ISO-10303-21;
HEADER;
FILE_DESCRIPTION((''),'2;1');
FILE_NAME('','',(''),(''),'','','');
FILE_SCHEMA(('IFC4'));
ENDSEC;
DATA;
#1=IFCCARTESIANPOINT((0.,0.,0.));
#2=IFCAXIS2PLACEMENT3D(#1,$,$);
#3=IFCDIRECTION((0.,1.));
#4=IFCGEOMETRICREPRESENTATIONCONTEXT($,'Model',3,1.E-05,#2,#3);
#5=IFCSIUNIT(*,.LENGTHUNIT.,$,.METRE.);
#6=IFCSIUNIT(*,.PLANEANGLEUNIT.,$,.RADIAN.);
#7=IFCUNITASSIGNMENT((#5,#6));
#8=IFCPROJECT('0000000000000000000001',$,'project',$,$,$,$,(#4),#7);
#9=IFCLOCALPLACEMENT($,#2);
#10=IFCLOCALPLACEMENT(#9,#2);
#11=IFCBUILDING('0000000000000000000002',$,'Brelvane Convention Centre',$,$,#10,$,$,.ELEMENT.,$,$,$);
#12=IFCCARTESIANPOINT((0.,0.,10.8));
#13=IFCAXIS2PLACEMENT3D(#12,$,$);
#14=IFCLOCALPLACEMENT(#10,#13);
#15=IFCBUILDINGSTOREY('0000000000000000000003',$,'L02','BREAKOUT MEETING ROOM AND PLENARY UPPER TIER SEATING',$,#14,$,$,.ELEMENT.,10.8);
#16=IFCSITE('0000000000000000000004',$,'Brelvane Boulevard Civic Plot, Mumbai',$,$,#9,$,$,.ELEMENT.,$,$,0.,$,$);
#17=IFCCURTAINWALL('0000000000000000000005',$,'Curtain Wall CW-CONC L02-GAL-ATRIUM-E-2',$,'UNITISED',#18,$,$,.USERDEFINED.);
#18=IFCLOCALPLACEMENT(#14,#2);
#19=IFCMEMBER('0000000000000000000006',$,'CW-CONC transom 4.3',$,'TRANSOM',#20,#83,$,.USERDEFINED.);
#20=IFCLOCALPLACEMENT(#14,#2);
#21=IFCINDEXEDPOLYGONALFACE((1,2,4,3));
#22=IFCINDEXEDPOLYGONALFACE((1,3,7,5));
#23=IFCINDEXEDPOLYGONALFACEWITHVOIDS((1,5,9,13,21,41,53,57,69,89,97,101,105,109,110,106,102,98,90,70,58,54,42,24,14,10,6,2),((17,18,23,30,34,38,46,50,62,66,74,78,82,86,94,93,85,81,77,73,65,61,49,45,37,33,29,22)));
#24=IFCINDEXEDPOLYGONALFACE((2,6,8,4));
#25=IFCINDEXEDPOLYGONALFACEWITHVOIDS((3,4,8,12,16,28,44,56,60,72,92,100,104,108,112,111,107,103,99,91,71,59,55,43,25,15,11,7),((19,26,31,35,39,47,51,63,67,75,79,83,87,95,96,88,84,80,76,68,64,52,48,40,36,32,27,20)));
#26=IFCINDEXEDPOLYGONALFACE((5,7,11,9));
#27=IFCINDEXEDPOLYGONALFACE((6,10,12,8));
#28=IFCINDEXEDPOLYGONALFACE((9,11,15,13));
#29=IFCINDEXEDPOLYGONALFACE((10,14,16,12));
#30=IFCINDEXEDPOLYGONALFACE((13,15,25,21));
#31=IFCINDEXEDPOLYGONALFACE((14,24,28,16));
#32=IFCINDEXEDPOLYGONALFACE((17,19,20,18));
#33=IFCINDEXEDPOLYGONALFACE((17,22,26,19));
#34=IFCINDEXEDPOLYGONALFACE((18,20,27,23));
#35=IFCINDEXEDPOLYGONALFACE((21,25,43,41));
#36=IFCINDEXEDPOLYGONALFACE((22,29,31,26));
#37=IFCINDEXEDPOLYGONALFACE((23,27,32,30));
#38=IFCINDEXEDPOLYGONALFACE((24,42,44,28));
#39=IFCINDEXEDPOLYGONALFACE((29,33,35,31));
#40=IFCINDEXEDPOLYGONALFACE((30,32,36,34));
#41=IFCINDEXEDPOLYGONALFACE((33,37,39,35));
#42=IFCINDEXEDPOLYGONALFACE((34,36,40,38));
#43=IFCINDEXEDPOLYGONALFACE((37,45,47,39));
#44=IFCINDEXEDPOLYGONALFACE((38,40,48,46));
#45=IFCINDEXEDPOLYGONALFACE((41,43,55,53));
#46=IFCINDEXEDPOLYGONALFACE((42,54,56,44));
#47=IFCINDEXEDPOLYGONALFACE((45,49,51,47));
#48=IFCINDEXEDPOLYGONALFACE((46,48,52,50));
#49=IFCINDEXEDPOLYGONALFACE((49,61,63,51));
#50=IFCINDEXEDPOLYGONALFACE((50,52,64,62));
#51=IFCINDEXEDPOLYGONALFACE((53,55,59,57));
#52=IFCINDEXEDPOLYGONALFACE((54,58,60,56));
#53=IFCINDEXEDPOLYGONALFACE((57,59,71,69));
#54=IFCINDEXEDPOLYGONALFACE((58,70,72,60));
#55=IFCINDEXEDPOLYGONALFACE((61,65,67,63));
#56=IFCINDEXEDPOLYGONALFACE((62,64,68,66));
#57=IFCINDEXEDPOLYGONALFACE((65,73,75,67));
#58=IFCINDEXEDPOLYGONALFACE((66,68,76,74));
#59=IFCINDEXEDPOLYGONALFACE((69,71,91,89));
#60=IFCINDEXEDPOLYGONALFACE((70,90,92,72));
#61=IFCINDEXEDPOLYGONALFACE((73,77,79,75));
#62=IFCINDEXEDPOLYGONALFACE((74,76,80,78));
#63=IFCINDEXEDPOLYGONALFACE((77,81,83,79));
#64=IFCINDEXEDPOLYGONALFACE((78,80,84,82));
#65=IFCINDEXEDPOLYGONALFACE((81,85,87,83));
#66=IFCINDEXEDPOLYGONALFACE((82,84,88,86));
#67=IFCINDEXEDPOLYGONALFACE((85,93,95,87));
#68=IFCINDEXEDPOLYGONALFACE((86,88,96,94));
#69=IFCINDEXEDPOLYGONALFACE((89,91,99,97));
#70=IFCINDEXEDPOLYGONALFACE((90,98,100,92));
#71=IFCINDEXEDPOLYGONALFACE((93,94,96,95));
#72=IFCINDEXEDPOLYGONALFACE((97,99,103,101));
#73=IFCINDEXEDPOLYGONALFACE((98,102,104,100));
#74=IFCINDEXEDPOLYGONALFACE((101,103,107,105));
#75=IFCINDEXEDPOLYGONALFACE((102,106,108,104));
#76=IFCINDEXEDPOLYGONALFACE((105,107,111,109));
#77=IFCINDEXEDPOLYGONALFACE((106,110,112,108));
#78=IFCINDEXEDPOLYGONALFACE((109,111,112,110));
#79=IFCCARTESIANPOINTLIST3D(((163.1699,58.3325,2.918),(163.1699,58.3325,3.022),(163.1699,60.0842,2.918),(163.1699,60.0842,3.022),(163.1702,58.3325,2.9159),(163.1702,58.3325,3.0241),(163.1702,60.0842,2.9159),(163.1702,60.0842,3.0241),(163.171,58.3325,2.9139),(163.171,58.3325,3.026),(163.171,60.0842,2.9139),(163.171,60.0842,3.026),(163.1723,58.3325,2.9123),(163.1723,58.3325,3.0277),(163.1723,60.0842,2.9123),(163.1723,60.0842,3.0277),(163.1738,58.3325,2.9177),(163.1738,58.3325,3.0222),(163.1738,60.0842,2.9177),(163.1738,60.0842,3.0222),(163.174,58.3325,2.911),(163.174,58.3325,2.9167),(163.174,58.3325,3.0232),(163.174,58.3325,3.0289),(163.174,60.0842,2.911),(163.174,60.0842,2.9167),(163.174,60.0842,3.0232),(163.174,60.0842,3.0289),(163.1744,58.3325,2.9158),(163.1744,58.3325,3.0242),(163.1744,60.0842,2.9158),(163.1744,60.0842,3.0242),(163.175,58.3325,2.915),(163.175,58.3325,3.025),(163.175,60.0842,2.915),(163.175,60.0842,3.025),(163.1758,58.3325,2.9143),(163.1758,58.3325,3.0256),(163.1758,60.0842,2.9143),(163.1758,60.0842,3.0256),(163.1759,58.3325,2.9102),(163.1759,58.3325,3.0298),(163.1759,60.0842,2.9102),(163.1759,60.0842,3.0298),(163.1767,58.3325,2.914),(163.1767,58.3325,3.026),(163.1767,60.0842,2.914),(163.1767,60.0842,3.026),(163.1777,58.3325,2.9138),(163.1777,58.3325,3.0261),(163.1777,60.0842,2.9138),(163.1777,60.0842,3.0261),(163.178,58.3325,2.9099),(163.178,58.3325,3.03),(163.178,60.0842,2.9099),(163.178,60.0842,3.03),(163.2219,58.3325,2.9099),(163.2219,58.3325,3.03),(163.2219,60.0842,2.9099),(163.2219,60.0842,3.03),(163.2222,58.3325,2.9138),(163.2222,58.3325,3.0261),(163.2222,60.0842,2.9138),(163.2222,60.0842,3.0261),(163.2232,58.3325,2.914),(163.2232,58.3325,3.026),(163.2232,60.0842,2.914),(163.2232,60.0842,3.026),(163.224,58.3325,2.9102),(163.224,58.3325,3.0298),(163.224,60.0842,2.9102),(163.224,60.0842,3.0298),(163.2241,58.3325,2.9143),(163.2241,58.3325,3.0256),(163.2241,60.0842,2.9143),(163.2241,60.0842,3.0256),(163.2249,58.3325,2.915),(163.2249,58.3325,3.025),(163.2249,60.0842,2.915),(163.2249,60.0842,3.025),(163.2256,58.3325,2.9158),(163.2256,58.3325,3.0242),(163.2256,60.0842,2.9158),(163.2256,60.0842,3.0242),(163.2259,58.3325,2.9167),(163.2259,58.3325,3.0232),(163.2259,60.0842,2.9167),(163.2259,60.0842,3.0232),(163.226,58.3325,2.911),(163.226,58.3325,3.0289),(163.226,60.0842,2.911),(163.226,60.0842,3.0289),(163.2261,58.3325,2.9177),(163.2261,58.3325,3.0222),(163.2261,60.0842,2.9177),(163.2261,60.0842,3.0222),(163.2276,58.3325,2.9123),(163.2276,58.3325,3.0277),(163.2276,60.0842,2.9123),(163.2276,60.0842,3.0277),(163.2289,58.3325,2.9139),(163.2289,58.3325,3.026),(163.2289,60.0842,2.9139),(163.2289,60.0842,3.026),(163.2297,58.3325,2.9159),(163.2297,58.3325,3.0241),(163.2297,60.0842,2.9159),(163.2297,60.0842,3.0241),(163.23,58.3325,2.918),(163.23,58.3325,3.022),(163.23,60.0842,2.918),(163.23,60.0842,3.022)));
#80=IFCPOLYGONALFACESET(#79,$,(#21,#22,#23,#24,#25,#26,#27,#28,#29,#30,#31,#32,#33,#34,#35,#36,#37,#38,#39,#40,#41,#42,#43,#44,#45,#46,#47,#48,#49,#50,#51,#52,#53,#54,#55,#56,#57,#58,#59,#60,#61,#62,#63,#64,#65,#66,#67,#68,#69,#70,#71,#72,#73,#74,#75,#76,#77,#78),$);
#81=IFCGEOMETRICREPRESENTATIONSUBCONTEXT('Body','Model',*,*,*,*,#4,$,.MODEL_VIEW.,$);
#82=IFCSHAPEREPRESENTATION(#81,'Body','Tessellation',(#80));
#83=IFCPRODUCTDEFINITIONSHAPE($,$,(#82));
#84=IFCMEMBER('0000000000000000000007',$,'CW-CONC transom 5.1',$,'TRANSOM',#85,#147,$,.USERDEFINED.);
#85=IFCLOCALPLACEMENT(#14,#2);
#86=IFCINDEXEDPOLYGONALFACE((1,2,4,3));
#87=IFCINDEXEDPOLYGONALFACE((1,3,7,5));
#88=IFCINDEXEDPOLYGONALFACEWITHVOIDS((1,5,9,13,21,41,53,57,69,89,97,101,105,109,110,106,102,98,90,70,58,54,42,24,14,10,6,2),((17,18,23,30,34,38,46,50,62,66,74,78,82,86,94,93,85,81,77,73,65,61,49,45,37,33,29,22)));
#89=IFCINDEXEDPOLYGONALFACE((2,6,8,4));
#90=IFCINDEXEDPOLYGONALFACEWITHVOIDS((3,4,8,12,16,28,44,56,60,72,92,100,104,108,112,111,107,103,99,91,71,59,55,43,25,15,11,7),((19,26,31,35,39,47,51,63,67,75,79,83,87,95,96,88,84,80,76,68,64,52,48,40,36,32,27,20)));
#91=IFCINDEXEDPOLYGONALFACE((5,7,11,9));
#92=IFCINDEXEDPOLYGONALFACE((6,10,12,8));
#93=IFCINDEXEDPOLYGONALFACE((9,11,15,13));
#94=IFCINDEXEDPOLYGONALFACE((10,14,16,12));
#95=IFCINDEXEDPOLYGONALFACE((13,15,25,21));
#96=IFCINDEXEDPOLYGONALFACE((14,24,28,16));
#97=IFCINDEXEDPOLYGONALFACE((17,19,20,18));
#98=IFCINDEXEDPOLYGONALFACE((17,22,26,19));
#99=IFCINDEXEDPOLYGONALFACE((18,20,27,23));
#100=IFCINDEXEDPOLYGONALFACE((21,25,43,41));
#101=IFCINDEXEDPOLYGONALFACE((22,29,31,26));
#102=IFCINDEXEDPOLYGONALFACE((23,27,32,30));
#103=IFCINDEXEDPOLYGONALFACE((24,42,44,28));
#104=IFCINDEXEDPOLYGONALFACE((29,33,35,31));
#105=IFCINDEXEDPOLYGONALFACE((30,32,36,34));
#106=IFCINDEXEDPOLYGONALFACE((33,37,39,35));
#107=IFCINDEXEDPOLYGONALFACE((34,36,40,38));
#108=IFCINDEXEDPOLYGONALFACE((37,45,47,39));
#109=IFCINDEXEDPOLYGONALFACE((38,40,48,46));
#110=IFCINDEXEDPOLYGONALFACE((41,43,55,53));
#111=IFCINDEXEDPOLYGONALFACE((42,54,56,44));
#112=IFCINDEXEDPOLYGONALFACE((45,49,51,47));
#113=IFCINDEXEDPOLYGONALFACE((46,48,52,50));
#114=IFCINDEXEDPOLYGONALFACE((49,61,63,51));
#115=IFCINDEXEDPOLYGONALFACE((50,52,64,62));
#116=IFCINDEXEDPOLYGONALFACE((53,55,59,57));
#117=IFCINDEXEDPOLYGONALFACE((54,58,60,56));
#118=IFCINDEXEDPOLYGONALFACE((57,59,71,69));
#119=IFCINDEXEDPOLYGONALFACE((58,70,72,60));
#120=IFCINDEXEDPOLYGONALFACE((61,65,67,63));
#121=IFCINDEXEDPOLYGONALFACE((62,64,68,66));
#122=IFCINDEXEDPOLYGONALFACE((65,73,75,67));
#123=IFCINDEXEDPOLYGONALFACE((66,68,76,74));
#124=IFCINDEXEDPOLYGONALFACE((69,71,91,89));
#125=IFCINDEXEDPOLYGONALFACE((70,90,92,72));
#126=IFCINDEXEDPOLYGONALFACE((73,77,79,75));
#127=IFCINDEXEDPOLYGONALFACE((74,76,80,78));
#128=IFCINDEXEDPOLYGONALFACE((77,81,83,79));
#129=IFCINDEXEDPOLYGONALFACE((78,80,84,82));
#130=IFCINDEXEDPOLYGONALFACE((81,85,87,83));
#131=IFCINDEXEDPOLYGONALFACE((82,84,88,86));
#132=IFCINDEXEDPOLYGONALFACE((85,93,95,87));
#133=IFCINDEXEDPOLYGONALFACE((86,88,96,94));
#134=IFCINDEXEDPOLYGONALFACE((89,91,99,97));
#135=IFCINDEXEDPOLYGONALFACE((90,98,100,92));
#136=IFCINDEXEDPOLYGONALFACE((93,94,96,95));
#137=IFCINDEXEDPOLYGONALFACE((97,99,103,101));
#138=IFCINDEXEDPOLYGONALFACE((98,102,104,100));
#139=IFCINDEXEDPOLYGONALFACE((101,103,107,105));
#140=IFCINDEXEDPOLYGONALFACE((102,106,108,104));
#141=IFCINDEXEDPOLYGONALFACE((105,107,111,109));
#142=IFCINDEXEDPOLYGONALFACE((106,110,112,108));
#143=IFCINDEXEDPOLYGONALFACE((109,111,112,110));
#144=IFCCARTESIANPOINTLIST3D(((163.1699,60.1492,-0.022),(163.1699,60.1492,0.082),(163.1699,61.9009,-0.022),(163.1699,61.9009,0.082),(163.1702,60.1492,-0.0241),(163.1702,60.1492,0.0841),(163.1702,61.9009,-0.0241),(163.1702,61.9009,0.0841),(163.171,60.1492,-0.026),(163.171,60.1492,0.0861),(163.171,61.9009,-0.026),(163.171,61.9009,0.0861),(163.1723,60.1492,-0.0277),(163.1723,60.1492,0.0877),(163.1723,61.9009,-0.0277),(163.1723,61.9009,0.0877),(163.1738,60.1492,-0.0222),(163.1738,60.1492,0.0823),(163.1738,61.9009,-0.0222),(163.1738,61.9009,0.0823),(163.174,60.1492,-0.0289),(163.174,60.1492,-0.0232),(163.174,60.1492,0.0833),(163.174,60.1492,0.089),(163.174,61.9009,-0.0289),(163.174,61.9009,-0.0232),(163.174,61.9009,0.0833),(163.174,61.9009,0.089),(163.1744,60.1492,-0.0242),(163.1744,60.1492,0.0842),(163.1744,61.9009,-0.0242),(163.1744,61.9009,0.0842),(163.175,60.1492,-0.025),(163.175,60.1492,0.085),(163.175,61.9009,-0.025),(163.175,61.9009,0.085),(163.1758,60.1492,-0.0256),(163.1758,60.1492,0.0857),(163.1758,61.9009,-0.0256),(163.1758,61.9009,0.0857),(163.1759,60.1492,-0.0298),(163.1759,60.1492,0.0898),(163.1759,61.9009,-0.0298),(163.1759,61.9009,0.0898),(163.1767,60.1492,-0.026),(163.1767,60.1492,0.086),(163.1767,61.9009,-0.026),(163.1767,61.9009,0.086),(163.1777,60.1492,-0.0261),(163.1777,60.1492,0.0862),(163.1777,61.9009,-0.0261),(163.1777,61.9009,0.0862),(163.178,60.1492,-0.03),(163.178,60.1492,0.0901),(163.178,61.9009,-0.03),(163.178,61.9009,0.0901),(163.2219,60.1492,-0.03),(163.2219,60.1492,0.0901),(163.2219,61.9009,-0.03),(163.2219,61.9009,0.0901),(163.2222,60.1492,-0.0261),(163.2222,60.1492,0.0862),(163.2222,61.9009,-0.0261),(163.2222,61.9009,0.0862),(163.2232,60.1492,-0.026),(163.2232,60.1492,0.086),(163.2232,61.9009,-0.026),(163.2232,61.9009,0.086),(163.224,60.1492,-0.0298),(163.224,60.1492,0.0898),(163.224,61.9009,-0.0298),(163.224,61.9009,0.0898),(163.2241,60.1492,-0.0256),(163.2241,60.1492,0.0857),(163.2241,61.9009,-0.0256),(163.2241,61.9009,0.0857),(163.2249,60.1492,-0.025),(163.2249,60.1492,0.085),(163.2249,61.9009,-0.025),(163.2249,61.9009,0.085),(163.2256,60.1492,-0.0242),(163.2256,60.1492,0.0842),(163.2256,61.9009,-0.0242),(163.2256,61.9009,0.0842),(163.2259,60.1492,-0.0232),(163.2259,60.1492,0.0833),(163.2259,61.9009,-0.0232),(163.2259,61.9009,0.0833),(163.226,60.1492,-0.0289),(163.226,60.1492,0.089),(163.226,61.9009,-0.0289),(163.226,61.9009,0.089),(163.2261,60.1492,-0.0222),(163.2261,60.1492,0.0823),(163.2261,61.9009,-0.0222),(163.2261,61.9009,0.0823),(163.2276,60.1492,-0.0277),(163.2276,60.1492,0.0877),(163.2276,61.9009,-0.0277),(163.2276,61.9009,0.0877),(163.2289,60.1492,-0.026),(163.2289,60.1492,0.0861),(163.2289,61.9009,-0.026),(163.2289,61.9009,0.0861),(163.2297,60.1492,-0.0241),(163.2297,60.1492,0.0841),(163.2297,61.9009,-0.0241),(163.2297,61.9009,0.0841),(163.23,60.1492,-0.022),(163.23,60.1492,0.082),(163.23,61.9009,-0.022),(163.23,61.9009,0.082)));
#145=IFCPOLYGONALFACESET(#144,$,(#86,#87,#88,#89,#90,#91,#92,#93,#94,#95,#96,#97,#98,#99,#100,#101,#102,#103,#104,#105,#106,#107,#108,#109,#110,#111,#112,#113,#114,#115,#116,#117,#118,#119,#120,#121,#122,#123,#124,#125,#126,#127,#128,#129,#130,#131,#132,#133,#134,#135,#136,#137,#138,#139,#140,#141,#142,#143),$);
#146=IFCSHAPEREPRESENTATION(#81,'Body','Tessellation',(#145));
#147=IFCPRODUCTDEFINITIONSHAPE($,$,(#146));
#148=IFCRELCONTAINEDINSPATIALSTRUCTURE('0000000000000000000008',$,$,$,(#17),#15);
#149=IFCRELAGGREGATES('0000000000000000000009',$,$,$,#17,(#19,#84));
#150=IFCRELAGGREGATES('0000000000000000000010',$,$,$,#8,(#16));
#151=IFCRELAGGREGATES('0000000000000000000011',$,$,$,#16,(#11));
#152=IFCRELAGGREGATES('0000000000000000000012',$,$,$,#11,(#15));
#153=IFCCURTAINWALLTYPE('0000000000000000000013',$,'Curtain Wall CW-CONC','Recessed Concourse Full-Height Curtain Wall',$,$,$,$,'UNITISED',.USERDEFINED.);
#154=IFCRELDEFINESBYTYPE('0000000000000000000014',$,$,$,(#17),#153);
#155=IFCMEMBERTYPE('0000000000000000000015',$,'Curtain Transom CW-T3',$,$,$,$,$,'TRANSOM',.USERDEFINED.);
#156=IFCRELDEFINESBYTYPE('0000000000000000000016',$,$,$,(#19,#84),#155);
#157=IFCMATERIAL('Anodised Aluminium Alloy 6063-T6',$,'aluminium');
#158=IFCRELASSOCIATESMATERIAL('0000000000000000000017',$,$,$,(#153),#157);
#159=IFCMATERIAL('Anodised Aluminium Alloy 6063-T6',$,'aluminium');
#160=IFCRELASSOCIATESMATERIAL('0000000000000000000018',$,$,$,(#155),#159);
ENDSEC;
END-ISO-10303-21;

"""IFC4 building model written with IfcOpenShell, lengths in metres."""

from ifc_helpers import new_model, si_unit, direction, frame, origin, origin_2d, place, context, subcontext, project, spatial, hollow_rectangle, extrude, material, material_profile, profile_set, type_object, element, aggregate, save


model = new_model("IFC4")

# Units and contexts
model_context = context("Model", 3, precision=1e-05, world=origin(), true_north=direction((0.0, 1.0)))
body_context = subcontext(model_context, "Body", "Model", "MODEL_VIEW")
ifc_project = project(units=[si_unit("LENGTHUNIT", "METRE"), si_unit("PLANEANGLEUNIT", "RADIAN")], contexts=[model_context])

# Site, building, storey
site_placement = place(None, origin())
site = spatial("IfcSite", under=ifc_project, at=site_placement, Name="Brelvane Boulevard Civic Plot, Mumbai", CompositionType="ELEMENT", RefElevation=0.0)
building_placement = place(site_placement, origin())
building = spatial("IfcBuilding", under=site, at=building_placement, Name="Brelvane Convention Centre", CompositionType="ELEMENT")
storey_placement = place(building_placement, frame((0.0, 0.0, 10.8)))
storey = spatial("IfcBuildingStorey", under=building, at=storey_placement, Name="L02", Description="BREAKOUT MEETING ROOM AND PLENARY UPPER TIER SEATING", CompositionType="ELEMENT", Elevation=10.8)

# Curtain wall, members
ifc_material_1 = material(Name="Anodised Aluminium Alloy 6063-T6", Category="aluminium")
curtain_wall_type = type_object("IfcCurtainWallType", Name="Curtain Wall CW-CONC", Description="Recessed Concourse Full-Height Curtain Wall", ElementType="UNITISED", PredefinedType="USERDEFINED", material=ifc_material_1)
curtain_wall_placement = place(storey_placement, origin())
curtain_wall = element("IfcCurtainWall", 1, at=curtain_wall_placement, inside=storey, type_object=curtain_wall_type, Name="Curtain Wall CW-CONC L02-GAL-ATRIUM-E-2", ObjectType="UNITISED", PredefinedType="USERDEFINED")
ifc_material_2 = material(Name="Anodised Aluminium Alloy 6063-T6", Category="aluminium")
ifc_material_profile_1 = material_profile(ifc_material_2, hollow_rectangle(XDim=0.0601, YDim=0.1201, WallThickness=0.0039, InnerFilletRadius=0.0039, OuterFilletRadius=0.0081, at=origin_2d()), Name="ALU-T 120x60x4.0")
ifc_profile_set_1 = profile_set([ifc_material_profile_1], Name="Anodised Aluminium Alloy 6063-T6")
member_type_1 = type_object("IfcMemberType", Name="Curtain Transom CW-T3", ElementType="TRANSOM", PredefinedType="USERDEFINED", material=ifc_profile_set_1)
member_1_placement = place(storey_placement, frame((163.2, 58.3325, 2.97), z_axis=(0.0, 1.0, 0.0), x_axis=(-1.0, 0.0, 0.0)))
member_1 = element("IfcMember", 2, at=member_1_placement, type_object=member_type_1, Name="CW-CONC transom 4.3", ObjectType="TRANSOM", PredefinedType="USERDEFINED", context=body_context, shape_type="SweptSolid", body=[
    extrude(hollow_rectangle(XDim=0.0601, YDim=0.1201, WallThickness=0.0039, InnerFilletRadius=0.0039, OuterFilletRadius=0.0081, at=origin_2d()), origin(), (0.0, 0.0, 1.0), 1.7517),
])
member_2_placement = place(storey_placement, frame((163.2, 60.1492, 0.03), z_axis=(0.0, 1.0, 0.0), x_axis=(-1.0, 0.0, 0.0)))
member_2 = element("IfcMember", 3, at=member_2_placement, type_object=member_type_1, Name="CW-CONC transom 5.1", ObjectType="TRANSOM", PredefinedType="USERDEFINED", context=body_context, shape_type="SweptSolid", body=[
    extrude(hollow_rectangle(XDim=0.0601, YDim=0.1201, WallThickness=0.0039, InnerFilletRadius=0.0039, OuterFilletRadius=0.0081, at=origin_2d()), origin(), (0.0, 0.0, 1.0), 1.7517),
])

aggregate(curtain_wall, [member_1, member_2])

save(model, "model.ifc")
